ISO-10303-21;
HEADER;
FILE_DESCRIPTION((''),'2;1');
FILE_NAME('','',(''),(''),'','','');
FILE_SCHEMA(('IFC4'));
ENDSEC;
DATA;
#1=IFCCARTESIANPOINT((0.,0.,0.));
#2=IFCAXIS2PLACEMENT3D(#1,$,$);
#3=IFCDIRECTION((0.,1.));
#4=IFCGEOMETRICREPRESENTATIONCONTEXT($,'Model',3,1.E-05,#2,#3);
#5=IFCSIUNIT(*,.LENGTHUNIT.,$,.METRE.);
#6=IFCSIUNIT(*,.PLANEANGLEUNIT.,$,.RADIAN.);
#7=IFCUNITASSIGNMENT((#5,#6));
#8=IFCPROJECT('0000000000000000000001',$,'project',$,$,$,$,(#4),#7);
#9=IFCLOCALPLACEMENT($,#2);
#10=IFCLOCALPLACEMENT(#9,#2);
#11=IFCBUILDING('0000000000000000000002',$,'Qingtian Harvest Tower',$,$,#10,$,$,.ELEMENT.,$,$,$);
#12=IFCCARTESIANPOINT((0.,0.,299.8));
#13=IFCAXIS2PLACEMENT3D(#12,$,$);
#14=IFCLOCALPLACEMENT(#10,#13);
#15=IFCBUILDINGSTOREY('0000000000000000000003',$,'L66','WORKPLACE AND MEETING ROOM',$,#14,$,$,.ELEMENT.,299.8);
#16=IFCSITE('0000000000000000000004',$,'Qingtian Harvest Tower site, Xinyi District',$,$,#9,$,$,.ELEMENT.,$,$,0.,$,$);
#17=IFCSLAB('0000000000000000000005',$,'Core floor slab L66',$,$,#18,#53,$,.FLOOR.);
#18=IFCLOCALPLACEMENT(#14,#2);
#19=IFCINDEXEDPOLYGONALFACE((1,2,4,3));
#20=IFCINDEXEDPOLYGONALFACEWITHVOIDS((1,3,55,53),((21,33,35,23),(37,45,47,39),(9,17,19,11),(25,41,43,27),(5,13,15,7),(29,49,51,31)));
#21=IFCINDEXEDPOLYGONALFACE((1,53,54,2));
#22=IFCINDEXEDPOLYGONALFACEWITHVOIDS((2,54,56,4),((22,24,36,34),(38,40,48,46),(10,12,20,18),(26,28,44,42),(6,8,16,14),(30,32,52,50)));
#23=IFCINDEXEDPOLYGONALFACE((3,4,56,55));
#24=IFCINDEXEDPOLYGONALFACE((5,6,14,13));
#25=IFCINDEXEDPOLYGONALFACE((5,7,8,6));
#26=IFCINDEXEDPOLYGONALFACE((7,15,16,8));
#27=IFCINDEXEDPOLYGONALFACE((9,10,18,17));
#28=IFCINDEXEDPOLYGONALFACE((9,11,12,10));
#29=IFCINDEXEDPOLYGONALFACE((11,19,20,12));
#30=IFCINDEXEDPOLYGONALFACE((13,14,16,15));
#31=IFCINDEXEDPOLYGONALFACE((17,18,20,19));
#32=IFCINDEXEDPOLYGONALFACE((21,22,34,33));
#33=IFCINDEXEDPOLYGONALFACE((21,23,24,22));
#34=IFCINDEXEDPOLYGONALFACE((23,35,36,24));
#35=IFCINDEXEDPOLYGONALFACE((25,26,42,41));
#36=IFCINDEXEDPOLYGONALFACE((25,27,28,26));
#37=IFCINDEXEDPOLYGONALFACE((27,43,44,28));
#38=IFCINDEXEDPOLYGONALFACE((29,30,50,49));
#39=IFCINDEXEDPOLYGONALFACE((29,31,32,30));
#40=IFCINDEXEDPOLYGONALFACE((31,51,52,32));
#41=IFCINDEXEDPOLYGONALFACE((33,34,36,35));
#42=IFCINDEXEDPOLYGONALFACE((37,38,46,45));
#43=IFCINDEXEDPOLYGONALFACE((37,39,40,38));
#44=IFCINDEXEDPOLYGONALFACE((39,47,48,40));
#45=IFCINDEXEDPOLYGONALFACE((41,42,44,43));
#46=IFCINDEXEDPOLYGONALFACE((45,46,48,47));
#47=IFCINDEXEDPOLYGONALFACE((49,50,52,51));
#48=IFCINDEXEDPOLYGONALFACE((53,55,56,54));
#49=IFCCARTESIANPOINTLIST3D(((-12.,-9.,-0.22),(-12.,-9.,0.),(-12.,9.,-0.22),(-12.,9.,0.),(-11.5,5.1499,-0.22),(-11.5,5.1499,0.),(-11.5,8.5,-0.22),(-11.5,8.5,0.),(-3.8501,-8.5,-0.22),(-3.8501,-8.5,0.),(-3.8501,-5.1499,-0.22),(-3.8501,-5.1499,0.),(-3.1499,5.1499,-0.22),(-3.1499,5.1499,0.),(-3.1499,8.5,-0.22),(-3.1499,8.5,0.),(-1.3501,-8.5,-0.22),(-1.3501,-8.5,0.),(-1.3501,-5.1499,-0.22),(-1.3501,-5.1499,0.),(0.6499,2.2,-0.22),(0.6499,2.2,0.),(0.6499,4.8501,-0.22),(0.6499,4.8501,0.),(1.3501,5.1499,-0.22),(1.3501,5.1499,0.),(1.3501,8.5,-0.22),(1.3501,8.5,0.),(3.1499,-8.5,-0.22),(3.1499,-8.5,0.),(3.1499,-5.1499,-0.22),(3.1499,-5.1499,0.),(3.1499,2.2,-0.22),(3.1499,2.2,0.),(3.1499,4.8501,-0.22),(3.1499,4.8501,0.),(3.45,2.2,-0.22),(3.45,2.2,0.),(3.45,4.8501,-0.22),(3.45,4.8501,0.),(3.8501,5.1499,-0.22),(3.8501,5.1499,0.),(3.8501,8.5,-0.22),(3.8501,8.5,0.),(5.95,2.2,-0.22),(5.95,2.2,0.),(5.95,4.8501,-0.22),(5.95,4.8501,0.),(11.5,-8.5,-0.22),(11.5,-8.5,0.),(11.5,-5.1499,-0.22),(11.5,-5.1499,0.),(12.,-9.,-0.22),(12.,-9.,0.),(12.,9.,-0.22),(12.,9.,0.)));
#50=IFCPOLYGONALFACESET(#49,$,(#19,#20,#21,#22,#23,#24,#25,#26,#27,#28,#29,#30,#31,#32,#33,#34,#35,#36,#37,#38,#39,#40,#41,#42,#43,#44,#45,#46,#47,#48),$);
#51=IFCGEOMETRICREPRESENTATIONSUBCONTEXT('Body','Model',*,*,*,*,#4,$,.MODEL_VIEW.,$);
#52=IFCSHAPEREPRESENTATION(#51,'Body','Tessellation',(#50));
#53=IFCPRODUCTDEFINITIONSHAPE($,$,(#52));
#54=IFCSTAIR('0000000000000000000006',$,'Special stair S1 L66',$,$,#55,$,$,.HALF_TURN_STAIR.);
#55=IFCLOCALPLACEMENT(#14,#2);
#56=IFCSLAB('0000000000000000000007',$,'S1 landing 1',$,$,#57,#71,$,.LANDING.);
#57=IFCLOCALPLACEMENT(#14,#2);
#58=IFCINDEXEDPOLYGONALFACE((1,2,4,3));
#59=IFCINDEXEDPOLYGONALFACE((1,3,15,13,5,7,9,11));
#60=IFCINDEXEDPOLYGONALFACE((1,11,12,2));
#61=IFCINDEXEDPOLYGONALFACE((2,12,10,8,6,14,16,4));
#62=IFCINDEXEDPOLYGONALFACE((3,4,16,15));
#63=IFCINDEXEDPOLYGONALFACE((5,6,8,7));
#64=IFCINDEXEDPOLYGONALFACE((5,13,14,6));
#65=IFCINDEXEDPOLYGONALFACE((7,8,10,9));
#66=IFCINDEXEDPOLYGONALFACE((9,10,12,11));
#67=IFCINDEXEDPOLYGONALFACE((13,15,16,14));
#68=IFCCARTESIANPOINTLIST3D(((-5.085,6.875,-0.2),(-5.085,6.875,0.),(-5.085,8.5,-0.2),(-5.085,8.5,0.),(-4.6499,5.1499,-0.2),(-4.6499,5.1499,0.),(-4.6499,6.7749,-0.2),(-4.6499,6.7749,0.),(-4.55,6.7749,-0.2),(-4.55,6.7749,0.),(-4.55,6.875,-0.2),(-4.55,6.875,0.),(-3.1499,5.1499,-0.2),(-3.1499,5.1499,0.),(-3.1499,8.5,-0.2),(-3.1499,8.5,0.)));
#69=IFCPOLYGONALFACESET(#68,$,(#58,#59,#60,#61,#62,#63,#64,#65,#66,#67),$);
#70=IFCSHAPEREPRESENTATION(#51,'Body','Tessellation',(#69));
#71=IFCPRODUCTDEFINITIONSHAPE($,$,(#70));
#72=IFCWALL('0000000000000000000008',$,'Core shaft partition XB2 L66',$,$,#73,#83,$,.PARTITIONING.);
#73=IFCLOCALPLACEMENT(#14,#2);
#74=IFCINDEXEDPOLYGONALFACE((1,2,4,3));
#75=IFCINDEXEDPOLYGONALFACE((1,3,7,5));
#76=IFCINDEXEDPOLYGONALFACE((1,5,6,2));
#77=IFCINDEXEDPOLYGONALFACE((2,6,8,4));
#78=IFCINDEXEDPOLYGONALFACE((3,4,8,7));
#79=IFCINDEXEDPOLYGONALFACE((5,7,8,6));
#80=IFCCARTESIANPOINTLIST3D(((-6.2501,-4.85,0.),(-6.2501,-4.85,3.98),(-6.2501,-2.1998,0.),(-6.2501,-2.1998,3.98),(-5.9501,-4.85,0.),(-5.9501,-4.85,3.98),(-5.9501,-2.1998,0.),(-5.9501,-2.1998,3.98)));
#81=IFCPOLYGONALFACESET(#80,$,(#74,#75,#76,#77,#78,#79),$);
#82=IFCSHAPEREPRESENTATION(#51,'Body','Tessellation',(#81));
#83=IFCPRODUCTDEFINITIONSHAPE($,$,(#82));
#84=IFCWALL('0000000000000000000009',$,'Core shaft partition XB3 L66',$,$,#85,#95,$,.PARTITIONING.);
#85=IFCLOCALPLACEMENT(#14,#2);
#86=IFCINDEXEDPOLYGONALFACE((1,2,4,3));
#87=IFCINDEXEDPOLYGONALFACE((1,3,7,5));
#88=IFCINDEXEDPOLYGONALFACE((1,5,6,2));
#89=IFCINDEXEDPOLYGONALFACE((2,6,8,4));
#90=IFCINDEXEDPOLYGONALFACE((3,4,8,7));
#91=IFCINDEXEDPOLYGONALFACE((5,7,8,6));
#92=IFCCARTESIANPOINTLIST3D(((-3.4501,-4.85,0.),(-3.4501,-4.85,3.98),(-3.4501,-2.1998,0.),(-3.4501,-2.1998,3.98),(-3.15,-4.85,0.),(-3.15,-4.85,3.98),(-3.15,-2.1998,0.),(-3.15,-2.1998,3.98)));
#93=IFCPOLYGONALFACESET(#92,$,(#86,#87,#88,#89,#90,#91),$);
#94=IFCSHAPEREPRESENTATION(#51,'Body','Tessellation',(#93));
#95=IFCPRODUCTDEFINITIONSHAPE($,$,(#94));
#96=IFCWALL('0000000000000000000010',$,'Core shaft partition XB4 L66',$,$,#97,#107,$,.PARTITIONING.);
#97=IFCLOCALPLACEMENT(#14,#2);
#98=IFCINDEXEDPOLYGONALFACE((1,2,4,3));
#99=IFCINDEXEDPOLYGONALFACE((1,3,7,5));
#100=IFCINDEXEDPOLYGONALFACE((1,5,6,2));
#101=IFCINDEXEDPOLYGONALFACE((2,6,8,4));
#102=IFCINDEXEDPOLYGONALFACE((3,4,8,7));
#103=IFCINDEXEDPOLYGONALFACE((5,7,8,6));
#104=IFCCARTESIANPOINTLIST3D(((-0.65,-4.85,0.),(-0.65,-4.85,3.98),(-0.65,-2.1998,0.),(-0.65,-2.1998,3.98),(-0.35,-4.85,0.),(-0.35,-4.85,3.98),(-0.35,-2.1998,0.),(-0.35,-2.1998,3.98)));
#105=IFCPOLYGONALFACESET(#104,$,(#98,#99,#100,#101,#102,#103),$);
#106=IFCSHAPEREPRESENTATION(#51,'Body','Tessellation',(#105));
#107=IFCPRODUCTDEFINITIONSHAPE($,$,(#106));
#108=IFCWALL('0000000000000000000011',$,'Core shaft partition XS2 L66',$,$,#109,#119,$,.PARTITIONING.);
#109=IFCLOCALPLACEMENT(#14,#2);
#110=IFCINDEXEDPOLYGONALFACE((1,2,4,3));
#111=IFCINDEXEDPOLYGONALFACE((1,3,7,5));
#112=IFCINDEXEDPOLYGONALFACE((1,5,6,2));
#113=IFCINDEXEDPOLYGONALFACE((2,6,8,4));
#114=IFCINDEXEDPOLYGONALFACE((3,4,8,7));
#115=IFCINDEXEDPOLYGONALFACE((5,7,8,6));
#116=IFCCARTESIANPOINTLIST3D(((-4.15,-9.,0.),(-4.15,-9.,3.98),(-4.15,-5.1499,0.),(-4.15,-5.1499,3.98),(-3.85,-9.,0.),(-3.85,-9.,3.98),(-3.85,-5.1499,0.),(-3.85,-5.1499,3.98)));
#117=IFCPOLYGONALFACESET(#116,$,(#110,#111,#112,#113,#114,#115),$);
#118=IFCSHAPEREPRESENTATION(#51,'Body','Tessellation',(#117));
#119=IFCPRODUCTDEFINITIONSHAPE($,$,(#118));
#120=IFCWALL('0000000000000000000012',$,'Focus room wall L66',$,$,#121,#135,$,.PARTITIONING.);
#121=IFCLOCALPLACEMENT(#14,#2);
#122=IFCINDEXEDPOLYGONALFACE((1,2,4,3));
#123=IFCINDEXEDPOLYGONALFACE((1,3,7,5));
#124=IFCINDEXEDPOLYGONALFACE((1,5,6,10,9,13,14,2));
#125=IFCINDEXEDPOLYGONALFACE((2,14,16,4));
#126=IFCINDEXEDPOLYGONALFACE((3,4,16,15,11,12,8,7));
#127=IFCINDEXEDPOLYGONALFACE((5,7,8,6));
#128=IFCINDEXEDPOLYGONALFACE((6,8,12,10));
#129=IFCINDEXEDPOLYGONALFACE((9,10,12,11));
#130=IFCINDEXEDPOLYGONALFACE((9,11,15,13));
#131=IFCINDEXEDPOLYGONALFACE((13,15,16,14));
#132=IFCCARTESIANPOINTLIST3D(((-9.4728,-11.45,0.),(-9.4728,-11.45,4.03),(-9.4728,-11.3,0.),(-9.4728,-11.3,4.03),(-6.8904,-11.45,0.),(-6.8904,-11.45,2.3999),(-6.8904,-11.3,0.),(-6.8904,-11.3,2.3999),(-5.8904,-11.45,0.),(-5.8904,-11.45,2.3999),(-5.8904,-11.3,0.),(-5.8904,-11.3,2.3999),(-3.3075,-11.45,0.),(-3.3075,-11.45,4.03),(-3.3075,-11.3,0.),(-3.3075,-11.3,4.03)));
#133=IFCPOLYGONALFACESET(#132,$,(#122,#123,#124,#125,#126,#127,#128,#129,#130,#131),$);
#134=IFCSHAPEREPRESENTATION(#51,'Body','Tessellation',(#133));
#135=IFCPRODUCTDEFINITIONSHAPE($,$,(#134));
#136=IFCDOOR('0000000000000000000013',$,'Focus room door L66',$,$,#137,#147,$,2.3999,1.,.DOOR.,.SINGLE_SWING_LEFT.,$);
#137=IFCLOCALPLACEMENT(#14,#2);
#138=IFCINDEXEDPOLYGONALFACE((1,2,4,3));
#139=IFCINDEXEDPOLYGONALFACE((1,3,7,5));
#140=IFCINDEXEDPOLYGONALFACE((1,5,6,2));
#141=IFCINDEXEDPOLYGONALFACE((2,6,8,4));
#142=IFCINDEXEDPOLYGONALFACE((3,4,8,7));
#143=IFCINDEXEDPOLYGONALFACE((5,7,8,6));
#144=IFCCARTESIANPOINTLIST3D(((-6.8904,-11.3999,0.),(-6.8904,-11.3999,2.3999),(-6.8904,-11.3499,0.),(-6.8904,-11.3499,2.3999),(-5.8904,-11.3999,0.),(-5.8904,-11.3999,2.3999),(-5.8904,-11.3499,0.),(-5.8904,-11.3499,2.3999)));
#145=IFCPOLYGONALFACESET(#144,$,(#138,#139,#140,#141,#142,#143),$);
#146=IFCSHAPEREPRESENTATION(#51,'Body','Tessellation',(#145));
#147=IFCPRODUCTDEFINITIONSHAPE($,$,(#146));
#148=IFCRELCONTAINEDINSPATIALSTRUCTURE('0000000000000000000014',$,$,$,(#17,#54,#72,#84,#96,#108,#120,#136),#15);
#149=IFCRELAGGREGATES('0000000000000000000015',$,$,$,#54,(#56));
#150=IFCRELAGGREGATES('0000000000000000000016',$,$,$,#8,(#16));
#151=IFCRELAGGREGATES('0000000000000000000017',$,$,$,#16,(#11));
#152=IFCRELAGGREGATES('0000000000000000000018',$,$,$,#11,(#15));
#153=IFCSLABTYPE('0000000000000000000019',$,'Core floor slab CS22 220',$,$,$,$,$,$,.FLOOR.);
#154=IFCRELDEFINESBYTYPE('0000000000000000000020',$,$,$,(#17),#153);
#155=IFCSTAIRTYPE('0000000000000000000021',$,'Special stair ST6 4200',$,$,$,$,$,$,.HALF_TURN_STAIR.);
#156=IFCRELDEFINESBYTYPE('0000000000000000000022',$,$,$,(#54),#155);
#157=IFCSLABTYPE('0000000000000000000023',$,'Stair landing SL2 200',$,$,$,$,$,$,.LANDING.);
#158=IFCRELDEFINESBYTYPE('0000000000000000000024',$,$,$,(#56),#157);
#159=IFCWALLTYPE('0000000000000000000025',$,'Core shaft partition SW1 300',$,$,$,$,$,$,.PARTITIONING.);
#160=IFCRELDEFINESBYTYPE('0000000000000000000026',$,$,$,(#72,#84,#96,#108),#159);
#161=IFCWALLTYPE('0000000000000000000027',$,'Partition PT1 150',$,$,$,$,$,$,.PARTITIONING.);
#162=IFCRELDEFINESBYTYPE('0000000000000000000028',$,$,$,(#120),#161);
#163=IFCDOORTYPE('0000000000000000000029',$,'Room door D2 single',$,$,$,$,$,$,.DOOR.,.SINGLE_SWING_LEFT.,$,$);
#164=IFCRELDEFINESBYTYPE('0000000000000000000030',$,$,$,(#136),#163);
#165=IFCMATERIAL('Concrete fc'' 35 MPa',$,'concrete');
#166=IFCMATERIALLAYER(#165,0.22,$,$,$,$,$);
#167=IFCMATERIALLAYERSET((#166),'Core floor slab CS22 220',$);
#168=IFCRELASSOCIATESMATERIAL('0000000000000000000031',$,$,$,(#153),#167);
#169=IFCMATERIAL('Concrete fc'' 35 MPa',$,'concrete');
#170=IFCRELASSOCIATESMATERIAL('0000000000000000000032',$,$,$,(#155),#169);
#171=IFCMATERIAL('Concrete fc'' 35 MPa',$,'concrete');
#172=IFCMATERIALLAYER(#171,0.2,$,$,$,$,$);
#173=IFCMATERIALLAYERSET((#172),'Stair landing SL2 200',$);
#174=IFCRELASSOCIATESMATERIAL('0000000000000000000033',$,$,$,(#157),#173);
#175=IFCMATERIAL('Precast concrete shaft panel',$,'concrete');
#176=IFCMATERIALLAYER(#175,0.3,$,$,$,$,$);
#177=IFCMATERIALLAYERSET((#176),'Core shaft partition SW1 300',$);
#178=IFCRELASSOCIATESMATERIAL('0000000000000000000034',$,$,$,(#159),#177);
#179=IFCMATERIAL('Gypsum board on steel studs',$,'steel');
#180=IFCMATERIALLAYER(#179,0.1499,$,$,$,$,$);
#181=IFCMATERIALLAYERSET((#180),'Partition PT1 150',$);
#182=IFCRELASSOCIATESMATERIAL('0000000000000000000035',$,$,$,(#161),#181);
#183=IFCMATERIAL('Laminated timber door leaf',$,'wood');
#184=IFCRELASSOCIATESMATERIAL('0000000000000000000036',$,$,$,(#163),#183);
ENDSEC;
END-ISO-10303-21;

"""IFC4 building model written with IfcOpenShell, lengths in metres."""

from ifc_helpers import new_model, si_unit, direction, frame, frame_2d, origin, place, context, subcontext, project, spatial, polyline, rectangle, outline, extrude, material, layer, layer_set, type_object, element, fill, aggregate, save


model = new_model("IFC4")

# Units and contexts
model_context = context("Model", 3, precision=1e-05, world=origin(), true_north=direction((0.0, 1.0)))
body_context = subcontext(model_context, "Body", "Model", "MODEL_VIEW")
ifc_project = project(units=[si_unit("LENGTHUNIT", "METRE"), si_unit("PLANEANGLEUNIT", "RADIAN")], contexts=[model_context])

# Site, building, storey
site_placement = place(None, origin())
site = spatial("IfcSite", under=ifc_project, at=site_placement, Name="Qingtian Harvest Tower site, Xinyi District", CompositionType="ELEMENT", RefElevation=0.0)
building_placement = place(site_placement, origin())
building = spatial("IfcBuilding", under=site, at=building_placement, Name="Qingtian Harvest Tower", CompositionType="ELEMENT")
storey_placement = place(building_placement, frame((0.0, 0.0, 299.8)))
storey = spatial("IfcBuildingStorey", under=building, at=storey_placement, Name="L66", Description="WORKPLACE AND MEETING ROOM", CompositionType="ELEMENT", Elevation=299.8)

# Slab
ifc_material_1 = material(Name="Concrete fc' 35 MPa", Category="concrete")
ifc_layer_1 = layer(ifc_material_1, 0.22)
ifc_layer_set_1 = layer_set([ifc_layer_1], Name="Core floor slab CS22 220")
slab_type_1 = type_object("IfcSlabType", Name="Core floor slab CS22 220", PredefinedType="FLOOR", material=ifc_layer_set_1)
slab_1_placement = place(storey_placement, frame((0.0, 0.0, -0.22)))
element("IfcSlab", 1, at=slab_1_placement, inside=storey, type_object=slab_type_1, Name="Core floor slab L66", PredefinedType="FLOOR", context=body_context, shape_type="SweptSolid", body=[
    extrude(outline(polyline([(-12.0, -9.0), (12.0, -9.0), (12.0, 9.0), (-12.0, 9.0), (-12.0, -9.0)]), holes=[polyline([(-11.5, 5.1499), (-3.1499, 5.1499), (-3.1499, 8.5), (-11.5, 8.5), (-11.5, 5.1499)]), polyline([(3.1499, -8.5), (11.5, -8.5), (11.5, -5.1499), (3.1499, -5.1499), (3.1499, -8.5)]), polyline([(1.3501, 5.1499), (3.8501, 5.1499), (3.8501, 8.5), (1.3501, 8.5), (1.3501, 5.1499)]), polyline([(-3.8501, -8.5), (-1.3501, -8.5), (-1.3501, -5.1499), (-3.8501, -5.1499), (-3.8501, -8.5)]), polyline([(0.6499, 2.2), (3.1499, 2.2), (3.1499, 4.8501), (0.6499, 4.8501), (0.6499, 2.2)]), polyline([(3.45, 2.2), (5.95, 2.2), (5.95, 4.8501), (3.45, 4.8501), (3.45, 2.2)])]), origin(), (0.0, 0.0, 1.0), 0.22),
])

# Stair, slab
ifc_material_2 = material(Name="Concrete fc' 35 MPa", Category="concrete")
stair_type = type_object("IfcStairType", Name="Special stair ST6 4200", PredefinedType="HALF_TURN_STAIR", material=ifc_material_2)
stair_placement = place(storey_placement, origin())
stair = element("IfcStair", 2, at=stair_placement, inside=storey, type_object=stair_type, Name="Special stair S1 L66", PredefinedType="HALF_TURN_STAIR")
ifc_material_3 = material(Name="Concrete fc' 35 MPa", Category="concrete")
ifc_layer_2 = layer(ifc_material_3, 0.2)
ifc_layer_set_2 = layer_set([ifc_layer_2], Name="Stair landing SL2 200")
slab_type_2 = type_object("IfcSlabType", Name="Stair landing SL2 200", PredefinedType="LANDING", material=ifc_layer_set_2)
slab_2_placement = place(storey_placement, frame((0.0, 0.0, -0.2)))
slab_2 = element("IfcSlab", 3, at=slab_2_placement, type_object=slab_type_2, Name="S1 landing 1", PredefinedType="LANDING", context=body_context, shape_type="SweptSolid", body=[
    extrude(outline(polyline([(-4.6499, 5.1499), (-4.6499, 6.7749), (-4.55, 6.7749), (-4.55, 6.875), (-5.085, 6.875), (-5.085, 8.5), (-3.1499, 8.5), (-3.1499, 5.1499), (-4.6499, 5.1499)])), origin(), (0.0, 0.0, 1.0), 0.2),
])
aggregate(stair, [slab_2])

# Walls
ifc_material_4 = material(Name="Precast concrete shaft panel", Category="concrete")
ifc_layer_3 = layer(ifc_material_4, 0.3)
ifc_layer_set_3 = layer_set([ifc_layer_3], Name="Core shaft partition SW1 300")
wall_type_1 = type_object("IfcWallType", Name="Core shaft partition SW1 300", PredefinedType="PARTITIONING", material=ifc_layer_set_3)
for number, where, z_axis, x_axis, name in (
    (4, (-6.1001, -4.8501, 0.0), (0.0, 0.0, 1.0), (0.0, 1.0, 0.0), "Core shaft partition XB2 L66"),
    (5, (-3.3, -4.8501, 0.0), (0.0, 0.0, 1.0), (0.0, 1.0, 0.0), "Core shaft partition XB3 L66"),
    (6, (-0.5, -4.8501, 0.0), (0.0, 0.0, 1.0), (0.0, 1.0, 0.0), "Core shaft partition XB4 L66"),
):
    element("IfcWall", number, at=place(storey_placement, frame(where, z_axis=z_axis, x_axis=x_axis)), inside=storey, type_object=wall_type_1, Name=name, PredefinedType="PARTITIONING", context=body_context, shape_type="SweptSolid", body=[
        extrude(rectangle(XDim=2.6501, YDim=0.3, at=frame_2d((1.3252, 0.0))), origin(), (0.0, 0.0, 1.0), 3.98),
    ])
wall_1_placement = place(storey_placement, frame((-4.0, -9.0, 0.0), z_axis=(0.0, 0.0, 1.0), x_axis=(0.0, 1.0, 0.0)))
element("IfcWall", 7, at=wall_1_placement, inside=storey, type_object=wall_type_1, Name="Core shaft partition XS2 L66", PredefinedType="PARTITIONING", context=body_context, shape_type="SweptSolid", body=[
    extrude(rectangle(XDim=3.8501, YDim=0.3, at=frame_2d((1.925, 0.0))), origin(), (0.0, 0.0, 1.0), 3.98),
])

# Wall, opening, door
ifc_material_5 = material(Name="Gypsum board on steel studs", Category="steel")
ifc_layer_4 = layer(ifc_material_5, 0.1499)
ifc_layer_set_4 = layer_set([ifc_layer_4], Name="Partition PT1 150")
wall_type_2 = type_object("IfcWallType", Name="Partition PT1 150", PredefinedType="PARTITIONING", material=ifc_layer_set_4)
wall_2_placement = place(storey_placement, frame((-3.3076, -11.375, 0.0), z_axis=(0.0, 0.0, 1.0), x_axis=(-1.0, 0.0, 0.0)))
wall_2 = element("IfcWall", 8, at=wall_2_placement, inside=storey, type_object=wall_type_2, Name="Focus room wall L66", PredefinedType="PARTITIONING", context=body_context, shape_type="SweptSolid", body=[
    extrude(rectangle(XDim=6.1653, YDim=0.1499, at=frame_2d((3.0825, 0.0))), origin(), (0.0, 0.0, 1.0), 4.03),
])
opening_1_placement = place(wall_2_placement, frame((2.5828, 0.0, 0.0)))
opening_1 = element("IfcOpeningElement", 9, at=opening_1_placement, cuts=wall_2, PredefinedType="OPENING", context=body_context, shape_type="SweptSolid", body=[
    extrude(rectangle(XDim=1.0, YDim=2.3999, at=frame_2d((0.5, 1.2))), frame((0.0, 0.085, 0.0), z_axis=(0.0, -1.0, 0.0), x_axis=(1.0, 0.0, 0.0)), (0.0, 0.0, 1.0), 0.1699),
])
ifc_material_6 = material(Name="Laminated timber door leaf", Category="wood")
door_type_1 = type_object("IfcDoorType", Name="Room door D2 single", OperationType="SINGLE_SWING_LEFT", PredefinedType="DOOR", material=ifc_material_6)
door_1_placement = place(opening_1_placement, origin())
door_1 = element("IfcDoor", 10, at=door_1_placement, inside=storey, type_object=door_type_1, Name="Focus room door L66", OperationType="SINGLE_SWING_LEFT", OverallHeight=2.3999, OverallWidth=1.0, PredefinedType="DOOR", context=body_context, shape_type="SweptSolid", body=[
    extrude(rectangle(XDim=1.0, YDim=2.3999, at=frame_2d((0.5, 1.2))), frame((0.0, 0.0249, 0.0), z_axis=(0.0, -1.0, 0.0), x_axis=(1.0, 0.0, 0.0)), (0.0, 0.0, 1.0), 0.05),
])
fill(opening_1, door_1)

save(model, "model.ifc")
